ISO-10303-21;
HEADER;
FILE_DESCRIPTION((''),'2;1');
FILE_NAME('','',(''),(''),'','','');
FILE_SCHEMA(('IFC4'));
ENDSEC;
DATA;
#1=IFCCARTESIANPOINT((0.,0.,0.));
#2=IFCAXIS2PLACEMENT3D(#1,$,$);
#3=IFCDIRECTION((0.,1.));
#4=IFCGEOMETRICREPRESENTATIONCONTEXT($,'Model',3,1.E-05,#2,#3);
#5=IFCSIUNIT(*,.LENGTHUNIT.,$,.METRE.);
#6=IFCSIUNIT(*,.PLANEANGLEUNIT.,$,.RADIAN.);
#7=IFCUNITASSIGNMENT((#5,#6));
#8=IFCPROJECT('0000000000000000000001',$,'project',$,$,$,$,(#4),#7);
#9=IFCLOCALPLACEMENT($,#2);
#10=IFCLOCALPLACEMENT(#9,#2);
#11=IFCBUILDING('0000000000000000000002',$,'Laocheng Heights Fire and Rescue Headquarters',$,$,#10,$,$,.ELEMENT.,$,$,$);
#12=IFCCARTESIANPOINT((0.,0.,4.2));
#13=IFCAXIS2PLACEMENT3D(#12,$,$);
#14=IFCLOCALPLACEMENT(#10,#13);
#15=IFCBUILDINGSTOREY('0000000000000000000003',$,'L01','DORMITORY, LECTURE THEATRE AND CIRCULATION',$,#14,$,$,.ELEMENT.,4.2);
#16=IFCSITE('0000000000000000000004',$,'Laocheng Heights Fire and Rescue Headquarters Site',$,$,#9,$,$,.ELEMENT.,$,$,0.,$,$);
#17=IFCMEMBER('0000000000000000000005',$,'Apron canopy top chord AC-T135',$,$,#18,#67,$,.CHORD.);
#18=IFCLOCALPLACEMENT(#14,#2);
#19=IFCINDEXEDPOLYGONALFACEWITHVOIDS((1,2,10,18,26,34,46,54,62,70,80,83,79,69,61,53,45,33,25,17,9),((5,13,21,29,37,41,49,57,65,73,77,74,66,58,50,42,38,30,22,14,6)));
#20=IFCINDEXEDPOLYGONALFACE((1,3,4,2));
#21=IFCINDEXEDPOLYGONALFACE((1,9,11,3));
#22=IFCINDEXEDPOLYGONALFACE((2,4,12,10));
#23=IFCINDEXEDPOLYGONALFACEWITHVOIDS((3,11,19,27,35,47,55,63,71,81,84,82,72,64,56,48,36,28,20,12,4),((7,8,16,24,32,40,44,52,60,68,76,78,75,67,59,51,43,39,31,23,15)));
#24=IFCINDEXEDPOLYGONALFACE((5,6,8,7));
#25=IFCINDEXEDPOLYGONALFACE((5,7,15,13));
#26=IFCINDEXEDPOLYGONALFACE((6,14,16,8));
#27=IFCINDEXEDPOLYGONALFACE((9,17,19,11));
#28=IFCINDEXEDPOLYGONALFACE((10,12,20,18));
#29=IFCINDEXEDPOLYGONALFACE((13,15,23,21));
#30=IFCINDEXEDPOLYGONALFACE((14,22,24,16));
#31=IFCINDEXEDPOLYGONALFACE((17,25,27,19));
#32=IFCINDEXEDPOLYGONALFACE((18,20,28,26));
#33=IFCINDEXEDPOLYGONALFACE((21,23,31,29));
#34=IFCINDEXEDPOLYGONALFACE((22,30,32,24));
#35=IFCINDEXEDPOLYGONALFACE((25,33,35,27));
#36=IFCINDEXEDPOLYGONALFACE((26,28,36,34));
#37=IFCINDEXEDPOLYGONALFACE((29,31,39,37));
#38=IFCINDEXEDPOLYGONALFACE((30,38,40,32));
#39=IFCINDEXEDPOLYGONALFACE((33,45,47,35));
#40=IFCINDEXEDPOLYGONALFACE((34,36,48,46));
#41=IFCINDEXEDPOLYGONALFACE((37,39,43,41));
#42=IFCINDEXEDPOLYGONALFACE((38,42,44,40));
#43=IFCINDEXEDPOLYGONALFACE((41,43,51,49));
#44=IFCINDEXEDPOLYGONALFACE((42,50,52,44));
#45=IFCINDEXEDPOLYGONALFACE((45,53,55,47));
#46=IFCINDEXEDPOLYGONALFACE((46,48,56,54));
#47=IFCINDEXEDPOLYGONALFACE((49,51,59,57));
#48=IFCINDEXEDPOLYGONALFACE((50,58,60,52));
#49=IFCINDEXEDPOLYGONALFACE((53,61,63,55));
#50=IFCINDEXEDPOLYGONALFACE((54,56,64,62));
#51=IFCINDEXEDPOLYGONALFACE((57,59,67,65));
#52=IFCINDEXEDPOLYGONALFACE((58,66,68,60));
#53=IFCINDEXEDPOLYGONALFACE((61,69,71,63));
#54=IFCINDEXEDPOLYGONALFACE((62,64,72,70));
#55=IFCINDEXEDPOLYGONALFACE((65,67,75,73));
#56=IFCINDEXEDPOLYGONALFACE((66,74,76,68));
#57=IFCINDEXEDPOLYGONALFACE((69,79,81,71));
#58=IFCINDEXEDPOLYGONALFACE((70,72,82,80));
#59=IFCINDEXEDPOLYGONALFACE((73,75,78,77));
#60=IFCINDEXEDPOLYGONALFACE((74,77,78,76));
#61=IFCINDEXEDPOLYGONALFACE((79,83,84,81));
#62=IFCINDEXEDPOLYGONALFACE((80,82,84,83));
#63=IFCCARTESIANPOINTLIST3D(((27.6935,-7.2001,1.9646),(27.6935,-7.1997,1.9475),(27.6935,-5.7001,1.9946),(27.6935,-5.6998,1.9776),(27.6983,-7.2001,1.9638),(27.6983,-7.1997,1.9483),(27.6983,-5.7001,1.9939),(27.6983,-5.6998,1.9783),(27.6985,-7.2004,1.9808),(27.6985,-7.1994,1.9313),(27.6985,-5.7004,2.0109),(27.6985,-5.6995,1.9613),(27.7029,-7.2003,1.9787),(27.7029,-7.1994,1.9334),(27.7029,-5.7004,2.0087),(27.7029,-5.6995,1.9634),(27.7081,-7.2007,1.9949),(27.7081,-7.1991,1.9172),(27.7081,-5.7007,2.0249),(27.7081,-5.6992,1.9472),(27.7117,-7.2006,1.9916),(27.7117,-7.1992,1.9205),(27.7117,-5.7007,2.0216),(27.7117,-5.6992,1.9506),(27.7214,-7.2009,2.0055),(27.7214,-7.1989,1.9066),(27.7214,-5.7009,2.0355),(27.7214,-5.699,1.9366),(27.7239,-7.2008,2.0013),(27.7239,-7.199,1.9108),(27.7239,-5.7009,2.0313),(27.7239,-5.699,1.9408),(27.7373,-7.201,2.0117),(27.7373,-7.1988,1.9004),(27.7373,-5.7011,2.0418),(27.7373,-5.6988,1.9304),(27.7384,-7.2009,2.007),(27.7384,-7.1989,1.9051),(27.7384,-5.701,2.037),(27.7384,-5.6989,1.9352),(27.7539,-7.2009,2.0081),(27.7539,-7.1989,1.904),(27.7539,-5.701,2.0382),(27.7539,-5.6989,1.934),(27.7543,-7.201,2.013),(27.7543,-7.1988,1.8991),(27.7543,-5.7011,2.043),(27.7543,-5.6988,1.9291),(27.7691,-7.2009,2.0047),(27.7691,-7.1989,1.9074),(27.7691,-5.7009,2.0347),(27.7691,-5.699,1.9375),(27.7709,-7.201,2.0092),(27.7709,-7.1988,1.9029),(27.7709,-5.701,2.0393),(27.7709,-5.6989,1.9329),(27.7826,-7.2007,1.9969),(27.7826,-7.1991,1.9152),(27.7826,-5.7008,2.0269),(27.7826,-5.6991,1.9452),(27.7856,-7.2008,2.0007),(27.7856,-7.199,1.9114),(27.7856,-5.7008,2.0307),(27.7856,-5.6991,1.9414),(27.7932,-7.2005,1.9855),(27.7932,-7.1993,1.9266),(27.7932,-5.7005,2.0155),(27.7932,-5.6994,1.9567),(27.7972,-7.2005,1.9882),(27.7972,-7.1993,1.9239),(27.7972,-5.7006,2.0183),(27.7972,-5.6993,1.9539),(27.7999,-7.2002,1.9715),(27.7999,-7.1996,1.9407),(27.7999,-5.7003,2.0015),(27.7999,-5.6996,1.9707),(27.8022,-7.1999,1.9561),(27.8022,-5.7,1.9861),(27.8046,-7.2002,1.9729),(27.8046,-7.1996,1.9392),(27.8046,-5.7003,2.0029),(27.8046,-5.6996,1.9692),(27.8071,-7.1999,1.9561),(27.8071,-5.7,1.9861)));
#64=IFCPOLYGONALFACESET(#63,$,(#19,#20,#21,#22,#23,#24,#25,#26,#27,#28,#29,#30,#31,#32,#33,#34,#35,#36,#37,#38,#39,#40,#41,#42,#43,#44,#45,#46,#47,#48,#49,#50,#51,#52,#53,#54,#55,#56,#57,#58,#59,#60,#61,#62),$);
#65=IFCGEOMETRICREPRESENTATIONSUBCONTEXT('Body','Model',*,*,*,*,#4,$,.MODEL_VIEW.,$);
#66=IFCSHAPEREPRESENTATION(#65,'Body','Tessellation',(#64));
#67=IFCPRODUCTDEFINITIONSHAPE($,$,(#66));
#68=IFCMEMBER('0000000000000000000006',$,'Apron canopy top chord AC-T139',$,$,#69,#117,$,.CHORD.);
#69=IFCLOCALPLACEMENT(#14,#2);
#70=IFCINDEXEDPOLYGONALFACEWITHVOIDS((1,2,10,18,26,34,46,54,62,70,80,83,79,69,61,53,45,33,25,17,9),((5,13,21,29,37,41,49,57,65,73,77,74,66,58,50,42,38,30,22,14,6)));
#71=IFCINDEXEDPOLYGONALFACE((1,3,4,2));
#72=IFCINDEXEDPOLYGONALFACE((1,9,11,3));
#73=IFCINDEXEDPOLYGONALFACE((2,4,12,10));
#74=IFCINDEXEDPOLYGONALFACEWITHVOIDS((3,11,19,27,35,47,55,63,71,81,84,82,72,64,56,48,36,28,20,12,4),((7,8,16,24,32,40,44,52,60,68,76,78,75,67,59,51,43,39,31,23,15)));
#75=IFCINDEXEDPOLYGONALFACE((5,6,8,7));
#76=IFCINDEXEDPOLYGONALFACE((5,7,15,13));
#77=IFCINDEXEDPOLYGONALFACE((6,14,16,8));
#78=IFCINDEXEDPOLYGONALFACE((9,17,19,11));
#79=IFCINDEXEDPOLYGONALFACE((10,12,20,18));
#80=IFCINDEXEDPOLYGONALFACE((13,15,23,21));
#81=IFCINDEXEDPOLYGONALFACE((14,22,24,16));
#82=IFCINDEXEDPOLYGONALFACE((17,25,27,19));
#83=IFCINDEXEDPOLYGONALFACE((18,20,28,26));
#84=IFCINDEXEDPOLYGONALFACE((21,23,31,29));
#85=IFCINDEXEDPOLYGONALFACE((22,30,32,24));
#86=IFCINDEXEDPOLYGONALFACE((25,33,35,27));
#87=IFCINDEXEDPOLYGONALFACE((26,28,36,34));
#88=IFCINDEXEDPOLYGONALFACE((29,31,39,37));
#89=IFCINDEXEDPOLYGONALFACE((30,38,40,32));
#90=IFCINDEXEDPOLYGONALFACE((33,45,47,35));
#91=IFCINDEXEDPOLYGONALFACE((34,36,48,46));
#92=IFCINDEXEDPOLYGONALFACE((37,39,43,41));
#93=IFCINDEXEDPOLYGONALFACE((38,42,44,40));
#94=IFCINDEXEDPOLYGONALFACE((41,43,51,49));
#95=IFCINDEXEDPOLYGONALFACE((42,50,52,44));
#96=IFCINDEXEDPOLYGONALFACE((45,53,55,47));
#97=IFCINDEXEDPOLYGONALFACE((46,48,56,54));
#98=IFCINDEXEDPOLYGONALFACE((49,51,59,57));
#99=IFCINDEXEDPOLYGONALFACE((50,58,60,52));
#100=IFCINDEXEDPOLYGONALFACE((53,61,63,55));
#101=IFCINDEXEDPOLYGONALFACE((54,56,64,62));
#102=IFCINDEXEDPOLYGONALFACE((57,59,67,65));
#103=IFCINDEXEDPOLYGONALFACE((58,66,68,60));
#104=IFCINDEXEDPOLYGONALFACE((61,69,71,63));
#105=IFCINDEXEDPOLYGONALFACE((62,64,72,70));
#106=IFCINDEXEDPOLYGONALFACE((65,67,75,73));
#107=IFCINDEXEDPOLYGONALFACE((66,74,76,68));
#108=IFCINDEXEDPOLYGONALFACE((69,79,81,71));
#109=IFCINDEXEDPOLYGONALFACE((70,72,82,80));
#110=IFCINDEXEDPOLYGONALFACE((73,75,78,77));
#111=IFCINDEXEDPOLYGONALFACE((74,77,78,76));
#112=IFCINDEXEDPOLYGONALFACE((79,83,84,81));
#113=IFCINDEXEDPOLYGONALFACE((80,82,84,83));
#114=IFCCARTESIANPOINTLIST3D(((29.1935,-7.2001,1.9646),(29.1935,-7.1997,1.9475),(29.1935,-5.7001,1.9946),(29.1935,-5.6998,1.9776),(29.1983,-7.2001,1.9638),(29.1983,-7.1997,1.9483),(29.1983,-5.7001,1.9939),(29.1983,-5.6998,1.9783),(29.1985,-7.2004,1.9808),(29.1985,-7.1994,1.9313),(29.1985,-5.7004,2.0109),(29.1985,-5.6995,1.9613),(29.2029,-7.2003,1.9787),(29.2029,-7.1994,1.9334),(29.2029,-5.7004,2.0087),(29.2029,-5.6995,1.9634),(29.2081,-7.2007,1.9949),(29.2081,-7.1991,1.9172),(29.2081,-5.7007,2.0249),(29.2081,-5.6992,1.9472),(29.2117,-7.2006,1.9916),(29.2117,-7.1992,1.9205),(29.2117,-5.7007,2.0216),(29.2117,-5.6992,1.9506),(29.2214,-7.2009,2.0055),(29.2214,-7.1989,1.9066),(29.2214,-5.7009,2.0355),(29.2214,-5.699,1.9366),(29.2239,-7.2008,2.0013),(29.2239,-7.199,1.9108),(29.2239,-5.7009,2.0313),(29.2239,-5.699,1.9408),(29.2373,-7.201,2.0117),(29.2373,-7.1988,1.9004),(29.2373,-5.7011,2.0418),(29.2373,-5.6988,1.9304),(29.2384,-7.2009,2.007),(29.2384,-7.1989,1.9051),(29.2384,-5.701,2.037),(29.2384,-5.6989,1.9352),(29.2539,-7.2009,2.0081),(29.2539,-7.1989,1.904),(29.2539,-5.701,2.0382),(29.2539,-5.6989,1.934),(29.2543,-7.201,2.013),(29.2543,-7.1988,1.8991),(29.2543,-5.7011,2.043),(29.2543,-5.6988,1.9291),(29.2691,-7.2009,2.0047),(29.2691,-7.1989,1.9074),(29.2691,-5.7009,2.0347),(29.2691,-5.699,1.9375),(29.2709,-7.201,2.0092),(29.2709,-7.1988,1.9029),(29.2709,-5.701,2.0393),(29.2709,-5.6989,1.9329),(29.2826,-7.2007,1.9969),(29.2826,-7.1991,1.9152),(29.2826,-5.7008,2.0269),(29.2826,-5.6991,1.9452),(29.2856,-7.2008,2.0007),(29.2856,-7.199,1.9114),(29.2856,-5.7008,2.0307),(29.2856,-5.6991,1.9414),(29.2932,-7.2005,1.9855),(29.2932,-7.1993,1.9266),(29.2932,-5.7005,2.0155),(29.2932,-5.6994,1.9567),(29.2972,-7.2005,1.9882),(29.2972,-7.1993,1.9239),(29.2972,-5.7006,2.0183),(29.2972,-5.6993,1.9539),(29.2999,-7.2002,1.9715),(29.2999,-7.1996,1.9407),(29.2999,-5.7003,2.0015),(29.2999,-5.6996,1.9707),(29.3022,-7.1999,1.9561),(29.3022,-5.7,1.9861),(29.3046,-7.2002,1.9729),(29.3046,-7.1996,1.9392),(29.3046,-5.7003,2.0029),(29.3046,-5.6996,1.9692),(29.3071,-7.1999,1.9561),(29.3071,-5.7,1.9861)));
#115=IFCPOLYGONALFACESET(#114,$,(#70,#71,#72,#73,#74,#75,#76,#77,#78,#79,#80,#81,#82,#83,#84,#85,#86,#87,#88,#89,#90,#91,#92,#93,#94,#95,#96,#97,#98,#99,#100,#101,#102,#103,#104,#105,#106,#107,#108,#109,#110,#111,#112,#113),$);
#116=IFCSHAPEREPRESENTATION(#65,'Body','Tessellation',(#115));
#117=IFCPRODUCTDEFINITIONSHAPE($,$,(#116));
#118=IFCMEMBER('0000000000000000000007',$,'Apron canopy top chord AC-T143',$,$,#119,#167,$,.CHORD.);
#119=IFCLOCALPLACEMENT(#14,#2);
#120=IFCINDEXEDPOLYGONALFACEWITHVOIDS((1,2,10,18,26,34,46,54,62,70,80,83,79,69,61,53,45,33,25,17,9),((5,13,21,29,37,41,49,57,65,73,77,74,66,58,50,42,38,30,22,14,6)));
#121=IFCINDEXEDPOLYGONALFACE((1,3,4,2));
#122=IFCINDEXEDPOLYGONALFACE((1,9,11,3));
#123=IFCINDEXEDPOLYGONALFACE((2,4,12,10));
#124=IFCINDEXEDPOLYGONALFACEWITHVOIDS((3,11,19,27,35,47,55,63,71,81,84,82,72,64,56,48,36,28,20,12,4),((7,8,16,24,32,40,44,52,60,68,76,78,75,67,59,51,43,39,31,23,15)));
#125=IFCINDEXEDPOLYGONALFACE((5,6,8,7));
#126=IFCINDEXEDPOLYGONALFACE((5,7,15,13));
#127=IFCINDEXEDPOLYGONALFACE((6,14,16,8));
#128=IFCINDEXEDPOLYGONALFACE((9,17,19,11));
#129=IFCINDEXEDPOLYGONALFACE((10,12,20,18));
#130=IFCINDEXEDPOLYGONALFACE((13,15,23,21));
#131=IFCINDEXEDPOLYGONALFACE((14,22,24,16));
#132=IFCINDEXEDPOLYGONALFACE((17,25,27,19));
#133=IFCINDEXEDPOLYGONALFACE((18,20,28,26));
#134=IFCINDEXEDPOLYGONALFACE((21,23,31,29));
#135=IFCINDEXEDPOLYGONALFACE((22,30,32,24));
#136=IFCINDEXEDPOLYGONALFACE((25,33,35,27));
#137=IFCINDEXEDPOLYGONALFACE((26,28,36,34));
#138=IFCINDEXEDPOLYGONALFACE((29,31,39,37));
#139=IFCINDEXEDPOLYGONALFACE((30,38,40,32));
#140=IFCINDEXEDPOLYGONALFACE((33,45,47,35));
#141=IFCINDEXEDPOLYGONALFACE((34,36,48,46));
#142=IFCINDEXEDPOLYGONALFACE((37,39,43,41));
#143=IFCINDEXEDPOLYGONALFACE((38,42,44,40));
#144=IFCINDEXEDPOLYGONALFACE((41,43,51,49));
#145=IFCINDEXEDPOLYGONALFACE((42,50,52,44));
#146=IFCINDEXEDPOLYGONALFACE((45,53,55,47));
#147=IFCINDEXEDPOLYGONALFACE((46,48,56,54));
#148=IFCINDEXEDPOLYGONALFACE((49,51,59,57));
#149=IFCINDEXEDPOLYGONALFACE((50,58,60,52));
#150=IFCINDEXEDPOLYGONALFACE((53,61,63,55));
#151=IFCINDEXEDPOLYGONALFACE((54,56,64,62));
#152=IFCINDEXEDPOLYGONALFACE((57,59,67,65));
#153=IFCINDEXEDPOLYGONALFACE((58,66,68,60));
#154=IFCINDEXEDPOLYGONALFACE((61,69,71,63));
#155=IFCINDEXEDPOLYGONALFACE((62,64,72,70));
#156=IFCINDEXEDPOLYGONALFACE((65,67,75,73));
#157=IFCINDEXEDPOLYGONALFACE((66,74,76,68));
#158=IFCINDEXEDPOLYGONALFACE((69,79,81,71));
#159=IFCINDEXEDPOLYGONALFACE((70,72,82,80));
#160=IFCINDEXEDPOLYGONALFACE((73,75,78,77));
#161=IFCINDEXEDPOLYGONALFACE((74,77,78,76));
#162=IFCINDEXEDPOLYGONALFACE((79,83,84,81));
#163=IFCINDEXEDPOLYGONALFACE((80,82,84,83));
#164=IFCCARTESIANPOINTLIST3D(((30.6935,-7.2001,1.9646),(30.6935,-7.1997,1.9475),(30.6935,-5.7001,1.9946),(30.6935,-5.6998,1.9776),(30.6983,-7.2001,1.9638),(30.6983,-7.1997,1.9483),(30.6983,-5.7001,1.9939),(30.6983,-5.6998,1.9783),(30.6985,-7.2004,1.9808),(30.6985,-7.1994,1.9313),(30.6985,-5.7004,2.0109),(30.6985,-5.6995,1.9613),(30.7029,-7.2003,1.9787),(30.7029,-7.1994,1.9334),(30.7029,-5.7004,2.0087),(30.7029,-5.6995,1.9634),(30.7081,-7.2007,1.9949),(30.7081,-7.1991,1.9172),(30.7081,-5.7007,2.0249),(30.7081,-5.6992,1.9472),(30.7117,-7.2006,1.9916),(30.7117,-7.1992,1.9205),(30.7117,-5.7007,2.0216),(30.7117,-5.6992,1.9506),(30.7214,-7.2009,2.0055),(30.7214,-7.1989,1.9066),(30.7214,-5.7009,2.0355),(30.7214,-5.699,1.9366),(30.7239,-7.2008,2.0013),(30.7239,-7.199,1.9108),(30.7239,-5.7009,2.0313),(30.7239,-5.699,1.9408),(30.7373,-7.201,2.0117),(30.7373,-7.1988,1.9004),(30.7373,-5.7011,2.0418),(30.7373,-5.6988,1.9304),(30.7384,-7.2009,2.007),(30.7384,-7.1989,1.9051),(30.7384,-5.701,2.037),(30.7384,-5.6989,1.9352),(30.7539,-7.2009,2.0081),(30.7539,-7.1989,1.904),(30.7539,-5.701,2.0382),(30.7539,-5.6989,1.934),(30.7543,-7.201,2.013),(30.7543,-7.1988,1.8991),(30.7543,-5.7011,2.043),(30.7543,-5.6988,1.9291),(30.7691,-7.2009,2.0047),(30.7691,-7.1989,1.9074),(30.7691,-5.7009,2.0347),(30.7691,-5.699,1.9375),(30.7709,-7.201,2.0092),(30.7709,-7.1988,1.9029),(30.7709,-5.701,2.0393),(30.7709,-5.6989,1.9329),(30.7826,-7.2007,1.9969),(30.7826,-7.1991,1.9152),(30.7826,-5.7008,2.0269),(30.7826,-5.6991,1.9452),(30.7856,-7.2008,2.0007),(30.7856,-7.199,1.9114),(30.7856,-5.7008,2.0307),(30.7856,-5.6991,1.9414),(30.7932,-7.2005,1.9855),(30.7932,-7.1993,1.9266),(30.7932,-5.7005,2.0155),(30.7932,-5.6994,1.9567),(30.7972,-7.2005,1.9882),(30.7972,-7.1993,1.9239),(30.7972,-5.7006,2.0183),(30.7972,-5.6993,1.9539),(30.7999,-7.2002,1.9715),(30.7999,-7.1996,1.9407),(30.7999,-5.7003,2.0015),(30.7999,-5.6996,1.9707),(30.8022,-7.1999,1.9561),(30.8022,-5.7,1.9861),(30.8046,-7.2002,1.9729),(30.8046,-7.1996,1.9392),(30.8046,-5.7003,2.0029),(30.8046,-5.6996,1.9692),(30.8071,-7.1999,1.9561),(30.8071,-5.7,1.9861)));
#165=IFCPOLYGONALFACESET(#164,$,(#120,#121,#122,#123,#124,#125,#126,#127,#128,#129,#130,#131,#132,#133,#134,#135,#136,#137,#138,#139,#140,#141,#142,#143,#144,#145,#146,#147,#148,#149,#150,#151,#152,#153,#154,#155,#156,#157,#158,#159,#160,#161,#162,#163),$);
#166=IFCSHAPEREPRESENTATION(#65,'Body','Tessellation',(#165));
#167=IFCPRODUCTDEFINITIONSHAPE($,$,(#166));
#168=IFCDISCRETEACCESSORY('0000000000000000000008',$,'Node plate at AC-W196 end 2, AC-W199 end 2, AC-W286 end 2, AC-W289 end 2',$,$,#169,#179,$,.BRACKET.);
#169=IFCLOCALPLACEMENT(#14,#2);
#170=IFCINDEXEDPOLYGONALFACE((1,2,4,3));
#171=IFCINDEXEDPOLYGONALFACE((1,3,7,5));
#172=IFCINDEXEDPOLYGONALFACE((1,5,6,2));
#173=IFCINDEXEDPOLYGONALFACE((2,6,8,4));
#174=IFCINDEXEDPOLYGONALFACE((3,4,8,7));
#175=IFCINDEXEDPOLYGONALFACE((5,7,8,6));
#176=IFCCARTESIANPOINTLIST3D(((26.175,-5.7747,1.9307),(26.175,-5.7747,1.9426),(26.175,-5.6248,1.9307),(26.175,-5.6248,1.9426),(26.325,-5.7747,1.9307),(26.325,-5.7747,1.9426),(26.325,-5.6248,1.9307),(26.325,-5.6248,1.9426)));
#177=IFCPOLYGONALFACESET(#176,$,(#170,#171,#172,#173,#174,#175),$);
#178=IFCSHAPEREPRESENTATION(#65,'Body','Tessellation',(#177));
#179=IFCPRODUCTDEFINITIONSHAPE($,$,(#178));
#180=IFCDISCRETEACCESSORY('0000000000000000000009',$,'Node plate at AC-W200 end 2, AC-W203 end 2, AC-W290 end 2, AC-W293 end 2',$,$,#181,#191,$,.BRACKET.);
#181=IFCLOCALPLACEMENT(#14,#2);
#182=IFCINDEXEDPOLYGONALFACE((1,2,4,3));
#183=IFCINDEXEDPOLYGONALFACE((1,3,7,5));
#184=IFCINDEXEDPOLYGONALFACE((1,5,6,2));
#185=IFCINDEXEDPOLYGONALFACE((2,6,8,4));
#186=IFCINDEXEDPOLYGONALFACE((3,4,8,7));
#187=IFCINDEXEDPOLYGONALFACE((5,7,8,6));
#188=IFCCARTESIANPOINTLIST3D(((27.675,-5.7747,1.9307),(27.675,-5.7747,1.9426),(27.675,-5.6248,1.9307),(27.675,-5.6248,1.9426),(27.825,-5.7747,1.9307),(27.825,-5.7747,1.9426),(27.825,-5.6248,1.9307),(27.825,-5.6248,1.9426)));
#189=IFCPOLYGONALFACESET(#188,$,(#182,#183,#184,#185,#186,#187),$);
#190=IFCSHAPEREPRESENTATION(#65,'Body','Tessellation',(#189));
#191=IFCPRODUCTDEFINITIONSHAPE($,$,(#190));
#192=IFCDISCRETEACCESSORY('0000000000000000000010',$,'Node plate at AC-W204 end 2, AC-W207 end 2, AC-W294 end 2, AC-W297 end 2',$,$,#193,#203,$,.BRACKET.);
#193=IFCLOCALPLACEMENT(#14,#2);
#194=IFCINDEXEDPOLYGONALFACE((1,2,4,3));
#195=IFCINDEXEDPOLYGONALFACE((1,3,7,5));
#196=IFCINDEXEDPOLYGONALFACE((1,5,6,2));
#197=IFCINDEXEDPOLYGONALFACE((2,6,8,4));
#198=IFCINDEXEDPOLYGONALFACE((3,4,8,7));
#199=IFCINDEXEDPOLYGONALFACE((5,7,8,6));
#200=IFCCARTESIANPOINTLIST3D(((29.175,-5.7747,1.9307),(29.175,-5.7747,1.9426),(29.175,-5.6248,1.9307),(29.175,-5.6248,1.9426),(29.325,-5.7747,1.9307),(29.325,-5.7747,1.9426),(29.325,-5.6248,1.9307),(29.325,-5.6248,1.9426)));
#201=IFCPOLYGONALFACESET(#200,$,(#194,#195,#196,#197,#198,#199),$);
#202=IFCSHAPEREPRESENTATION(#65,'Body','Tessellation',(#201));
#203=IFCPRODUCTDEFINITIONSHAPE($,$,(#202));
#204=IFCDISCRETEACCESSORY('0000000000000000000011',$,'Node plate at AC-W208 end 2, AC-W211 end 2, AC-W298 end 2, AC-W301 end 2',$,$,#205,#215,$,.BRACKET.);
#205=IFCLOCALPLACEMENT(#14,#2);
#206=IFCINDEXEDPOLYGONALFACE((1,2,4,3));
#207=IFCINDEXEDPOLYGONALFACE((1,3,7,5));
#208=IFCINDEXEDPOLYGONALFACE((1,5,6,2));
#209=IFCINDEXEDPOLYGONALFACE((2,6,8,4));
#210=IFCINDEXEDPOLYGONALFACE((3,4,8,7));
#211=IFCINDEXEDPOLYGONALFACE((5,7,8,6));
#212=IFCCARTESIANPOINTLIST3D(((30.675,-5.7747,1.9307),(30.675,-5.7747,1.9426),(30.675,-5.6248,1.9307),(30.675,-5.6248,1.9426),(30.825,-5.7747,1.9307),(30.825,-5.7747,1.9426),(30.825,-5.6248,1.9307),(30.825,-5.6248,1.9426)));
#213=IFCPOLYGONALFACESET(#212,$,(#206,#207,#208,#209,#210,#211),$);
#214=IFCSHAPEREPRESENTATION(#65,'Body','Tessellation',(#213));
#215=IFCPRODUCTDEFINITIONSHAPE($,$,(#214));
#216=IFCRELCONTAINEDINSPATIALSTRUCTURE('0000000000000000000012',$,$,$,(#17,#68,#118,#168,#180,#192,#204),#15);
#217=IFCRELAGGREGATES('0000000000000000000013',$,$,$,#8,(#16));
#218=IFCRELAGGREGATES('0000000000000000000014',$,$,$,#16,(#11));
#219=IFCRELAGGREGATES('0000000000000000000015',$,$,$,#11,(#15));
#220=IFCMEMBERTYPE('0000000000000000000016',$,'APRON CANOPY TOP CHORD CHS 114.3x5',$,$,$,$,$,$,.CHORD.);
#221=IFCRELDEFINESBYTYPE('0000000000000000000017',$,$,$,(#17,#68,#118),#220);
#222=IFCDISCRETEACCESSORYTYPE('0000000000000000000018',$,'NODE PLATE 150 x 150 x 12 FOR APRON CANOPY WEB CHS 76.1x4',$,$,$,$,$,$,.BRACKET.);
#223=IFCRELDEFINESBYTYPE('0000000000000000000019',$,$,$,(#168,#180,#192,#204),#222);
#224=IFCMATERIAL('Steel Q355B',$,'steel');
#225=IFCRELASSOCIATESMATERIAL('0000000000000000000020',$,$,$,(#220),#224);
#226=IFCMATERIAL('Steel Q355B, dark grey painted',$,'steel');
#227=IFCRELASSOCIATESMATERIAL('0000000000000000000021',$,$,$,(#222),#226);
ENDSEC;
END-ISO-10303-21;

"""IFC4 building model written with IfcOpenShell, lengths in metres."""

from ifc_helpers import new_model, si_unit, direction, frame, origin, origin_2d, place, context, subcontext, project, spatial, rectangle, hollow_circle, extrude, material, material_profile, profile_set, type_object, element, save


model = new_model("IFC4")

# Units and contexts
model_context = context("Model", 3, precision=1e-05, world=origin(), true_north=direction((0.0, 1.0)))
body_context = subcontext(model_context, "Body", "Model", "MODEL_VIEW")
ifc_project = project(units=[si_unit("LENGTHUNIT", "METRE"), si_unit("PLANEANGLEUNIT", "RADIAN")], contexts=[model_context])

# Site, building, storey
site_placement = place(None, origin())
site = spatial("IfcSite", under=ifc_project, at=site_placement, Name="Laocheng Heights Fire and Rescue Headquarters Site", CompositionType="ELEMENT", RefElevation=0.0)
building_placement = place(site_placement, origin())
building = spatial("IfcBuilding", under=site, at=building_placement, Name="Laocheng Heights Fire and Rescue Headquarters", CompositionType="ELEMENT")
storey_placement = place(building_placement, frame((0.0, 0.0, 4.2)))
storey = spatial("IfcBuildingStorey", under=building, at=storey_placement, Name="L01", Description="DORMITORY, LECTURE THEATRE AND CIRCULATION", CompositionType="ELEMENT", Elevation=4.2)

# Members
ifc_material_1 = material(Name="Steel Q355B", Category="steel")
ifc_material_profile_1 = material_profile(ifc_material_1, hollow_circle(Radius=0.0571, WallThickness=0.0049, at=origin_2d()), Name="CHS 114.3x5")
ifc_profile_set_1 = profile_set([ifc_material_profile_1], Name="Steel Q355B")
member_type = type_object("IfcMemberType", Name="APRON CANOPY TOP CHORD CHS 114.3x5", PredefinedType="CHORD", material=ifc_profile_set_1)
for number, where, z_axis, x_axis, name in (
    (1, (27.75, -5.7, 1.9861), (0.0, -0.9998, -0.020016), (1.0, 0.0, 0.0), "Apron canopy top chord AC-T135"),
    (2, (29.25, -5.7, 1.9861), (0.0, -0.9998, -0.020016), (1.0, 0.0, 0.0), "Apron canopy top chord AC-T139"),
    (3, (30.75, -5.7, 1.9861), (0.0, -0.9998, -0.020016), (1.0, 0.0, 0.0), "Apron canopy top chord AC-T143"),
):
    element("IfcMember", number, at=place(storey_placement, frame(where, z_axis=z_axis, x_axis=x_axis)), inside=storey, type_object=member_type, Name=name, PredefinedType="CHORD", context=body_context, shape_type="SweptSolid", body=[
        extrude(hollow_circle(Radius=0.0571, WallThickness=0.0049, at=origin_2d()), origin(), (0.0, 0.0, 1.0), 1.5002),
    ])

# Discrete accessories
ifc_material_2 = material(Name="Steel Q355B, dark grey painted", Category="steel")
ifc_material_profile_2 = material_profile(ifc_material_2, rectangle(XDim=0.1499, YDim=0.1499, at=origin_2d()), Name="NODE PLATE 150 x 150 x 12 FOR APRON CANOPY WEB CHS 76.1x4")
ifc_profile_set_2 = profile_set([ifc_material_profile_2], Name="Steel Q355B, dark grey painted")
discrete_accessory_type = type_object("IfcDiscreteAccessoryType", Name="NODE PLATE 150 x 150 x 12 FOR APRON CANOPY WEB CHS 76.1x4", PredefinedType="BRACKET", material=ifc_profile_set_2)
for number, where, z_axis, x_axis, name in (
    (4, (26.25, -5.6997, 1.9426), (0.0, 0.0, -1.0), (1.0, 0.0, 0.0), "Node plate at AC-W196 end 2, AC-W199 end 2, AC-W286 end 2, AC-W289 end 2"),
    (5, (27.75, -5.6997, 1.9426), (0.0, 0.0, -1.0), (1.0, 0.0, 0.0), "Node plate at AC-W200 end 2, AC-W203 end 2, AC-W290 end 2, AC-W293 end 2"),
    (6, (29.25, -5.6997, 1.9426), (0.0, 0.0, -1.0), (1.0, 0.0, 0.0), "Node plate at AC-W204 end 2, AC-W207 end 2, AC-W294 end 2, AC-W297 end 2"),
    (7, (30.75, -5.6997, 1.9426), (0.0, 0.0, -1.0), (1.0, 0.0, 0.0), "Node plate at AC-W208 end 2, AC-W211 end 2, AC-W298 end 2, AC-W301 end 2"),
):
    element("IfcDiscreteAccessory", number, at=place(storey_placement, frame(where, z_axis=z_axis, x_axis=x_axis)), inside=storey, type_object=discrete_accessory_type, Name=name, PredefinedType="BRACKET", context=body_context, shape_type="SweptSolid", body=[
        extrude(rectangle(XDim=0.1499, YDim=0.1499, at=origin_2d()), origin(), (0.0, 0.0, 1.0), 0.012),
    ])

save(model, "model.ifc")
